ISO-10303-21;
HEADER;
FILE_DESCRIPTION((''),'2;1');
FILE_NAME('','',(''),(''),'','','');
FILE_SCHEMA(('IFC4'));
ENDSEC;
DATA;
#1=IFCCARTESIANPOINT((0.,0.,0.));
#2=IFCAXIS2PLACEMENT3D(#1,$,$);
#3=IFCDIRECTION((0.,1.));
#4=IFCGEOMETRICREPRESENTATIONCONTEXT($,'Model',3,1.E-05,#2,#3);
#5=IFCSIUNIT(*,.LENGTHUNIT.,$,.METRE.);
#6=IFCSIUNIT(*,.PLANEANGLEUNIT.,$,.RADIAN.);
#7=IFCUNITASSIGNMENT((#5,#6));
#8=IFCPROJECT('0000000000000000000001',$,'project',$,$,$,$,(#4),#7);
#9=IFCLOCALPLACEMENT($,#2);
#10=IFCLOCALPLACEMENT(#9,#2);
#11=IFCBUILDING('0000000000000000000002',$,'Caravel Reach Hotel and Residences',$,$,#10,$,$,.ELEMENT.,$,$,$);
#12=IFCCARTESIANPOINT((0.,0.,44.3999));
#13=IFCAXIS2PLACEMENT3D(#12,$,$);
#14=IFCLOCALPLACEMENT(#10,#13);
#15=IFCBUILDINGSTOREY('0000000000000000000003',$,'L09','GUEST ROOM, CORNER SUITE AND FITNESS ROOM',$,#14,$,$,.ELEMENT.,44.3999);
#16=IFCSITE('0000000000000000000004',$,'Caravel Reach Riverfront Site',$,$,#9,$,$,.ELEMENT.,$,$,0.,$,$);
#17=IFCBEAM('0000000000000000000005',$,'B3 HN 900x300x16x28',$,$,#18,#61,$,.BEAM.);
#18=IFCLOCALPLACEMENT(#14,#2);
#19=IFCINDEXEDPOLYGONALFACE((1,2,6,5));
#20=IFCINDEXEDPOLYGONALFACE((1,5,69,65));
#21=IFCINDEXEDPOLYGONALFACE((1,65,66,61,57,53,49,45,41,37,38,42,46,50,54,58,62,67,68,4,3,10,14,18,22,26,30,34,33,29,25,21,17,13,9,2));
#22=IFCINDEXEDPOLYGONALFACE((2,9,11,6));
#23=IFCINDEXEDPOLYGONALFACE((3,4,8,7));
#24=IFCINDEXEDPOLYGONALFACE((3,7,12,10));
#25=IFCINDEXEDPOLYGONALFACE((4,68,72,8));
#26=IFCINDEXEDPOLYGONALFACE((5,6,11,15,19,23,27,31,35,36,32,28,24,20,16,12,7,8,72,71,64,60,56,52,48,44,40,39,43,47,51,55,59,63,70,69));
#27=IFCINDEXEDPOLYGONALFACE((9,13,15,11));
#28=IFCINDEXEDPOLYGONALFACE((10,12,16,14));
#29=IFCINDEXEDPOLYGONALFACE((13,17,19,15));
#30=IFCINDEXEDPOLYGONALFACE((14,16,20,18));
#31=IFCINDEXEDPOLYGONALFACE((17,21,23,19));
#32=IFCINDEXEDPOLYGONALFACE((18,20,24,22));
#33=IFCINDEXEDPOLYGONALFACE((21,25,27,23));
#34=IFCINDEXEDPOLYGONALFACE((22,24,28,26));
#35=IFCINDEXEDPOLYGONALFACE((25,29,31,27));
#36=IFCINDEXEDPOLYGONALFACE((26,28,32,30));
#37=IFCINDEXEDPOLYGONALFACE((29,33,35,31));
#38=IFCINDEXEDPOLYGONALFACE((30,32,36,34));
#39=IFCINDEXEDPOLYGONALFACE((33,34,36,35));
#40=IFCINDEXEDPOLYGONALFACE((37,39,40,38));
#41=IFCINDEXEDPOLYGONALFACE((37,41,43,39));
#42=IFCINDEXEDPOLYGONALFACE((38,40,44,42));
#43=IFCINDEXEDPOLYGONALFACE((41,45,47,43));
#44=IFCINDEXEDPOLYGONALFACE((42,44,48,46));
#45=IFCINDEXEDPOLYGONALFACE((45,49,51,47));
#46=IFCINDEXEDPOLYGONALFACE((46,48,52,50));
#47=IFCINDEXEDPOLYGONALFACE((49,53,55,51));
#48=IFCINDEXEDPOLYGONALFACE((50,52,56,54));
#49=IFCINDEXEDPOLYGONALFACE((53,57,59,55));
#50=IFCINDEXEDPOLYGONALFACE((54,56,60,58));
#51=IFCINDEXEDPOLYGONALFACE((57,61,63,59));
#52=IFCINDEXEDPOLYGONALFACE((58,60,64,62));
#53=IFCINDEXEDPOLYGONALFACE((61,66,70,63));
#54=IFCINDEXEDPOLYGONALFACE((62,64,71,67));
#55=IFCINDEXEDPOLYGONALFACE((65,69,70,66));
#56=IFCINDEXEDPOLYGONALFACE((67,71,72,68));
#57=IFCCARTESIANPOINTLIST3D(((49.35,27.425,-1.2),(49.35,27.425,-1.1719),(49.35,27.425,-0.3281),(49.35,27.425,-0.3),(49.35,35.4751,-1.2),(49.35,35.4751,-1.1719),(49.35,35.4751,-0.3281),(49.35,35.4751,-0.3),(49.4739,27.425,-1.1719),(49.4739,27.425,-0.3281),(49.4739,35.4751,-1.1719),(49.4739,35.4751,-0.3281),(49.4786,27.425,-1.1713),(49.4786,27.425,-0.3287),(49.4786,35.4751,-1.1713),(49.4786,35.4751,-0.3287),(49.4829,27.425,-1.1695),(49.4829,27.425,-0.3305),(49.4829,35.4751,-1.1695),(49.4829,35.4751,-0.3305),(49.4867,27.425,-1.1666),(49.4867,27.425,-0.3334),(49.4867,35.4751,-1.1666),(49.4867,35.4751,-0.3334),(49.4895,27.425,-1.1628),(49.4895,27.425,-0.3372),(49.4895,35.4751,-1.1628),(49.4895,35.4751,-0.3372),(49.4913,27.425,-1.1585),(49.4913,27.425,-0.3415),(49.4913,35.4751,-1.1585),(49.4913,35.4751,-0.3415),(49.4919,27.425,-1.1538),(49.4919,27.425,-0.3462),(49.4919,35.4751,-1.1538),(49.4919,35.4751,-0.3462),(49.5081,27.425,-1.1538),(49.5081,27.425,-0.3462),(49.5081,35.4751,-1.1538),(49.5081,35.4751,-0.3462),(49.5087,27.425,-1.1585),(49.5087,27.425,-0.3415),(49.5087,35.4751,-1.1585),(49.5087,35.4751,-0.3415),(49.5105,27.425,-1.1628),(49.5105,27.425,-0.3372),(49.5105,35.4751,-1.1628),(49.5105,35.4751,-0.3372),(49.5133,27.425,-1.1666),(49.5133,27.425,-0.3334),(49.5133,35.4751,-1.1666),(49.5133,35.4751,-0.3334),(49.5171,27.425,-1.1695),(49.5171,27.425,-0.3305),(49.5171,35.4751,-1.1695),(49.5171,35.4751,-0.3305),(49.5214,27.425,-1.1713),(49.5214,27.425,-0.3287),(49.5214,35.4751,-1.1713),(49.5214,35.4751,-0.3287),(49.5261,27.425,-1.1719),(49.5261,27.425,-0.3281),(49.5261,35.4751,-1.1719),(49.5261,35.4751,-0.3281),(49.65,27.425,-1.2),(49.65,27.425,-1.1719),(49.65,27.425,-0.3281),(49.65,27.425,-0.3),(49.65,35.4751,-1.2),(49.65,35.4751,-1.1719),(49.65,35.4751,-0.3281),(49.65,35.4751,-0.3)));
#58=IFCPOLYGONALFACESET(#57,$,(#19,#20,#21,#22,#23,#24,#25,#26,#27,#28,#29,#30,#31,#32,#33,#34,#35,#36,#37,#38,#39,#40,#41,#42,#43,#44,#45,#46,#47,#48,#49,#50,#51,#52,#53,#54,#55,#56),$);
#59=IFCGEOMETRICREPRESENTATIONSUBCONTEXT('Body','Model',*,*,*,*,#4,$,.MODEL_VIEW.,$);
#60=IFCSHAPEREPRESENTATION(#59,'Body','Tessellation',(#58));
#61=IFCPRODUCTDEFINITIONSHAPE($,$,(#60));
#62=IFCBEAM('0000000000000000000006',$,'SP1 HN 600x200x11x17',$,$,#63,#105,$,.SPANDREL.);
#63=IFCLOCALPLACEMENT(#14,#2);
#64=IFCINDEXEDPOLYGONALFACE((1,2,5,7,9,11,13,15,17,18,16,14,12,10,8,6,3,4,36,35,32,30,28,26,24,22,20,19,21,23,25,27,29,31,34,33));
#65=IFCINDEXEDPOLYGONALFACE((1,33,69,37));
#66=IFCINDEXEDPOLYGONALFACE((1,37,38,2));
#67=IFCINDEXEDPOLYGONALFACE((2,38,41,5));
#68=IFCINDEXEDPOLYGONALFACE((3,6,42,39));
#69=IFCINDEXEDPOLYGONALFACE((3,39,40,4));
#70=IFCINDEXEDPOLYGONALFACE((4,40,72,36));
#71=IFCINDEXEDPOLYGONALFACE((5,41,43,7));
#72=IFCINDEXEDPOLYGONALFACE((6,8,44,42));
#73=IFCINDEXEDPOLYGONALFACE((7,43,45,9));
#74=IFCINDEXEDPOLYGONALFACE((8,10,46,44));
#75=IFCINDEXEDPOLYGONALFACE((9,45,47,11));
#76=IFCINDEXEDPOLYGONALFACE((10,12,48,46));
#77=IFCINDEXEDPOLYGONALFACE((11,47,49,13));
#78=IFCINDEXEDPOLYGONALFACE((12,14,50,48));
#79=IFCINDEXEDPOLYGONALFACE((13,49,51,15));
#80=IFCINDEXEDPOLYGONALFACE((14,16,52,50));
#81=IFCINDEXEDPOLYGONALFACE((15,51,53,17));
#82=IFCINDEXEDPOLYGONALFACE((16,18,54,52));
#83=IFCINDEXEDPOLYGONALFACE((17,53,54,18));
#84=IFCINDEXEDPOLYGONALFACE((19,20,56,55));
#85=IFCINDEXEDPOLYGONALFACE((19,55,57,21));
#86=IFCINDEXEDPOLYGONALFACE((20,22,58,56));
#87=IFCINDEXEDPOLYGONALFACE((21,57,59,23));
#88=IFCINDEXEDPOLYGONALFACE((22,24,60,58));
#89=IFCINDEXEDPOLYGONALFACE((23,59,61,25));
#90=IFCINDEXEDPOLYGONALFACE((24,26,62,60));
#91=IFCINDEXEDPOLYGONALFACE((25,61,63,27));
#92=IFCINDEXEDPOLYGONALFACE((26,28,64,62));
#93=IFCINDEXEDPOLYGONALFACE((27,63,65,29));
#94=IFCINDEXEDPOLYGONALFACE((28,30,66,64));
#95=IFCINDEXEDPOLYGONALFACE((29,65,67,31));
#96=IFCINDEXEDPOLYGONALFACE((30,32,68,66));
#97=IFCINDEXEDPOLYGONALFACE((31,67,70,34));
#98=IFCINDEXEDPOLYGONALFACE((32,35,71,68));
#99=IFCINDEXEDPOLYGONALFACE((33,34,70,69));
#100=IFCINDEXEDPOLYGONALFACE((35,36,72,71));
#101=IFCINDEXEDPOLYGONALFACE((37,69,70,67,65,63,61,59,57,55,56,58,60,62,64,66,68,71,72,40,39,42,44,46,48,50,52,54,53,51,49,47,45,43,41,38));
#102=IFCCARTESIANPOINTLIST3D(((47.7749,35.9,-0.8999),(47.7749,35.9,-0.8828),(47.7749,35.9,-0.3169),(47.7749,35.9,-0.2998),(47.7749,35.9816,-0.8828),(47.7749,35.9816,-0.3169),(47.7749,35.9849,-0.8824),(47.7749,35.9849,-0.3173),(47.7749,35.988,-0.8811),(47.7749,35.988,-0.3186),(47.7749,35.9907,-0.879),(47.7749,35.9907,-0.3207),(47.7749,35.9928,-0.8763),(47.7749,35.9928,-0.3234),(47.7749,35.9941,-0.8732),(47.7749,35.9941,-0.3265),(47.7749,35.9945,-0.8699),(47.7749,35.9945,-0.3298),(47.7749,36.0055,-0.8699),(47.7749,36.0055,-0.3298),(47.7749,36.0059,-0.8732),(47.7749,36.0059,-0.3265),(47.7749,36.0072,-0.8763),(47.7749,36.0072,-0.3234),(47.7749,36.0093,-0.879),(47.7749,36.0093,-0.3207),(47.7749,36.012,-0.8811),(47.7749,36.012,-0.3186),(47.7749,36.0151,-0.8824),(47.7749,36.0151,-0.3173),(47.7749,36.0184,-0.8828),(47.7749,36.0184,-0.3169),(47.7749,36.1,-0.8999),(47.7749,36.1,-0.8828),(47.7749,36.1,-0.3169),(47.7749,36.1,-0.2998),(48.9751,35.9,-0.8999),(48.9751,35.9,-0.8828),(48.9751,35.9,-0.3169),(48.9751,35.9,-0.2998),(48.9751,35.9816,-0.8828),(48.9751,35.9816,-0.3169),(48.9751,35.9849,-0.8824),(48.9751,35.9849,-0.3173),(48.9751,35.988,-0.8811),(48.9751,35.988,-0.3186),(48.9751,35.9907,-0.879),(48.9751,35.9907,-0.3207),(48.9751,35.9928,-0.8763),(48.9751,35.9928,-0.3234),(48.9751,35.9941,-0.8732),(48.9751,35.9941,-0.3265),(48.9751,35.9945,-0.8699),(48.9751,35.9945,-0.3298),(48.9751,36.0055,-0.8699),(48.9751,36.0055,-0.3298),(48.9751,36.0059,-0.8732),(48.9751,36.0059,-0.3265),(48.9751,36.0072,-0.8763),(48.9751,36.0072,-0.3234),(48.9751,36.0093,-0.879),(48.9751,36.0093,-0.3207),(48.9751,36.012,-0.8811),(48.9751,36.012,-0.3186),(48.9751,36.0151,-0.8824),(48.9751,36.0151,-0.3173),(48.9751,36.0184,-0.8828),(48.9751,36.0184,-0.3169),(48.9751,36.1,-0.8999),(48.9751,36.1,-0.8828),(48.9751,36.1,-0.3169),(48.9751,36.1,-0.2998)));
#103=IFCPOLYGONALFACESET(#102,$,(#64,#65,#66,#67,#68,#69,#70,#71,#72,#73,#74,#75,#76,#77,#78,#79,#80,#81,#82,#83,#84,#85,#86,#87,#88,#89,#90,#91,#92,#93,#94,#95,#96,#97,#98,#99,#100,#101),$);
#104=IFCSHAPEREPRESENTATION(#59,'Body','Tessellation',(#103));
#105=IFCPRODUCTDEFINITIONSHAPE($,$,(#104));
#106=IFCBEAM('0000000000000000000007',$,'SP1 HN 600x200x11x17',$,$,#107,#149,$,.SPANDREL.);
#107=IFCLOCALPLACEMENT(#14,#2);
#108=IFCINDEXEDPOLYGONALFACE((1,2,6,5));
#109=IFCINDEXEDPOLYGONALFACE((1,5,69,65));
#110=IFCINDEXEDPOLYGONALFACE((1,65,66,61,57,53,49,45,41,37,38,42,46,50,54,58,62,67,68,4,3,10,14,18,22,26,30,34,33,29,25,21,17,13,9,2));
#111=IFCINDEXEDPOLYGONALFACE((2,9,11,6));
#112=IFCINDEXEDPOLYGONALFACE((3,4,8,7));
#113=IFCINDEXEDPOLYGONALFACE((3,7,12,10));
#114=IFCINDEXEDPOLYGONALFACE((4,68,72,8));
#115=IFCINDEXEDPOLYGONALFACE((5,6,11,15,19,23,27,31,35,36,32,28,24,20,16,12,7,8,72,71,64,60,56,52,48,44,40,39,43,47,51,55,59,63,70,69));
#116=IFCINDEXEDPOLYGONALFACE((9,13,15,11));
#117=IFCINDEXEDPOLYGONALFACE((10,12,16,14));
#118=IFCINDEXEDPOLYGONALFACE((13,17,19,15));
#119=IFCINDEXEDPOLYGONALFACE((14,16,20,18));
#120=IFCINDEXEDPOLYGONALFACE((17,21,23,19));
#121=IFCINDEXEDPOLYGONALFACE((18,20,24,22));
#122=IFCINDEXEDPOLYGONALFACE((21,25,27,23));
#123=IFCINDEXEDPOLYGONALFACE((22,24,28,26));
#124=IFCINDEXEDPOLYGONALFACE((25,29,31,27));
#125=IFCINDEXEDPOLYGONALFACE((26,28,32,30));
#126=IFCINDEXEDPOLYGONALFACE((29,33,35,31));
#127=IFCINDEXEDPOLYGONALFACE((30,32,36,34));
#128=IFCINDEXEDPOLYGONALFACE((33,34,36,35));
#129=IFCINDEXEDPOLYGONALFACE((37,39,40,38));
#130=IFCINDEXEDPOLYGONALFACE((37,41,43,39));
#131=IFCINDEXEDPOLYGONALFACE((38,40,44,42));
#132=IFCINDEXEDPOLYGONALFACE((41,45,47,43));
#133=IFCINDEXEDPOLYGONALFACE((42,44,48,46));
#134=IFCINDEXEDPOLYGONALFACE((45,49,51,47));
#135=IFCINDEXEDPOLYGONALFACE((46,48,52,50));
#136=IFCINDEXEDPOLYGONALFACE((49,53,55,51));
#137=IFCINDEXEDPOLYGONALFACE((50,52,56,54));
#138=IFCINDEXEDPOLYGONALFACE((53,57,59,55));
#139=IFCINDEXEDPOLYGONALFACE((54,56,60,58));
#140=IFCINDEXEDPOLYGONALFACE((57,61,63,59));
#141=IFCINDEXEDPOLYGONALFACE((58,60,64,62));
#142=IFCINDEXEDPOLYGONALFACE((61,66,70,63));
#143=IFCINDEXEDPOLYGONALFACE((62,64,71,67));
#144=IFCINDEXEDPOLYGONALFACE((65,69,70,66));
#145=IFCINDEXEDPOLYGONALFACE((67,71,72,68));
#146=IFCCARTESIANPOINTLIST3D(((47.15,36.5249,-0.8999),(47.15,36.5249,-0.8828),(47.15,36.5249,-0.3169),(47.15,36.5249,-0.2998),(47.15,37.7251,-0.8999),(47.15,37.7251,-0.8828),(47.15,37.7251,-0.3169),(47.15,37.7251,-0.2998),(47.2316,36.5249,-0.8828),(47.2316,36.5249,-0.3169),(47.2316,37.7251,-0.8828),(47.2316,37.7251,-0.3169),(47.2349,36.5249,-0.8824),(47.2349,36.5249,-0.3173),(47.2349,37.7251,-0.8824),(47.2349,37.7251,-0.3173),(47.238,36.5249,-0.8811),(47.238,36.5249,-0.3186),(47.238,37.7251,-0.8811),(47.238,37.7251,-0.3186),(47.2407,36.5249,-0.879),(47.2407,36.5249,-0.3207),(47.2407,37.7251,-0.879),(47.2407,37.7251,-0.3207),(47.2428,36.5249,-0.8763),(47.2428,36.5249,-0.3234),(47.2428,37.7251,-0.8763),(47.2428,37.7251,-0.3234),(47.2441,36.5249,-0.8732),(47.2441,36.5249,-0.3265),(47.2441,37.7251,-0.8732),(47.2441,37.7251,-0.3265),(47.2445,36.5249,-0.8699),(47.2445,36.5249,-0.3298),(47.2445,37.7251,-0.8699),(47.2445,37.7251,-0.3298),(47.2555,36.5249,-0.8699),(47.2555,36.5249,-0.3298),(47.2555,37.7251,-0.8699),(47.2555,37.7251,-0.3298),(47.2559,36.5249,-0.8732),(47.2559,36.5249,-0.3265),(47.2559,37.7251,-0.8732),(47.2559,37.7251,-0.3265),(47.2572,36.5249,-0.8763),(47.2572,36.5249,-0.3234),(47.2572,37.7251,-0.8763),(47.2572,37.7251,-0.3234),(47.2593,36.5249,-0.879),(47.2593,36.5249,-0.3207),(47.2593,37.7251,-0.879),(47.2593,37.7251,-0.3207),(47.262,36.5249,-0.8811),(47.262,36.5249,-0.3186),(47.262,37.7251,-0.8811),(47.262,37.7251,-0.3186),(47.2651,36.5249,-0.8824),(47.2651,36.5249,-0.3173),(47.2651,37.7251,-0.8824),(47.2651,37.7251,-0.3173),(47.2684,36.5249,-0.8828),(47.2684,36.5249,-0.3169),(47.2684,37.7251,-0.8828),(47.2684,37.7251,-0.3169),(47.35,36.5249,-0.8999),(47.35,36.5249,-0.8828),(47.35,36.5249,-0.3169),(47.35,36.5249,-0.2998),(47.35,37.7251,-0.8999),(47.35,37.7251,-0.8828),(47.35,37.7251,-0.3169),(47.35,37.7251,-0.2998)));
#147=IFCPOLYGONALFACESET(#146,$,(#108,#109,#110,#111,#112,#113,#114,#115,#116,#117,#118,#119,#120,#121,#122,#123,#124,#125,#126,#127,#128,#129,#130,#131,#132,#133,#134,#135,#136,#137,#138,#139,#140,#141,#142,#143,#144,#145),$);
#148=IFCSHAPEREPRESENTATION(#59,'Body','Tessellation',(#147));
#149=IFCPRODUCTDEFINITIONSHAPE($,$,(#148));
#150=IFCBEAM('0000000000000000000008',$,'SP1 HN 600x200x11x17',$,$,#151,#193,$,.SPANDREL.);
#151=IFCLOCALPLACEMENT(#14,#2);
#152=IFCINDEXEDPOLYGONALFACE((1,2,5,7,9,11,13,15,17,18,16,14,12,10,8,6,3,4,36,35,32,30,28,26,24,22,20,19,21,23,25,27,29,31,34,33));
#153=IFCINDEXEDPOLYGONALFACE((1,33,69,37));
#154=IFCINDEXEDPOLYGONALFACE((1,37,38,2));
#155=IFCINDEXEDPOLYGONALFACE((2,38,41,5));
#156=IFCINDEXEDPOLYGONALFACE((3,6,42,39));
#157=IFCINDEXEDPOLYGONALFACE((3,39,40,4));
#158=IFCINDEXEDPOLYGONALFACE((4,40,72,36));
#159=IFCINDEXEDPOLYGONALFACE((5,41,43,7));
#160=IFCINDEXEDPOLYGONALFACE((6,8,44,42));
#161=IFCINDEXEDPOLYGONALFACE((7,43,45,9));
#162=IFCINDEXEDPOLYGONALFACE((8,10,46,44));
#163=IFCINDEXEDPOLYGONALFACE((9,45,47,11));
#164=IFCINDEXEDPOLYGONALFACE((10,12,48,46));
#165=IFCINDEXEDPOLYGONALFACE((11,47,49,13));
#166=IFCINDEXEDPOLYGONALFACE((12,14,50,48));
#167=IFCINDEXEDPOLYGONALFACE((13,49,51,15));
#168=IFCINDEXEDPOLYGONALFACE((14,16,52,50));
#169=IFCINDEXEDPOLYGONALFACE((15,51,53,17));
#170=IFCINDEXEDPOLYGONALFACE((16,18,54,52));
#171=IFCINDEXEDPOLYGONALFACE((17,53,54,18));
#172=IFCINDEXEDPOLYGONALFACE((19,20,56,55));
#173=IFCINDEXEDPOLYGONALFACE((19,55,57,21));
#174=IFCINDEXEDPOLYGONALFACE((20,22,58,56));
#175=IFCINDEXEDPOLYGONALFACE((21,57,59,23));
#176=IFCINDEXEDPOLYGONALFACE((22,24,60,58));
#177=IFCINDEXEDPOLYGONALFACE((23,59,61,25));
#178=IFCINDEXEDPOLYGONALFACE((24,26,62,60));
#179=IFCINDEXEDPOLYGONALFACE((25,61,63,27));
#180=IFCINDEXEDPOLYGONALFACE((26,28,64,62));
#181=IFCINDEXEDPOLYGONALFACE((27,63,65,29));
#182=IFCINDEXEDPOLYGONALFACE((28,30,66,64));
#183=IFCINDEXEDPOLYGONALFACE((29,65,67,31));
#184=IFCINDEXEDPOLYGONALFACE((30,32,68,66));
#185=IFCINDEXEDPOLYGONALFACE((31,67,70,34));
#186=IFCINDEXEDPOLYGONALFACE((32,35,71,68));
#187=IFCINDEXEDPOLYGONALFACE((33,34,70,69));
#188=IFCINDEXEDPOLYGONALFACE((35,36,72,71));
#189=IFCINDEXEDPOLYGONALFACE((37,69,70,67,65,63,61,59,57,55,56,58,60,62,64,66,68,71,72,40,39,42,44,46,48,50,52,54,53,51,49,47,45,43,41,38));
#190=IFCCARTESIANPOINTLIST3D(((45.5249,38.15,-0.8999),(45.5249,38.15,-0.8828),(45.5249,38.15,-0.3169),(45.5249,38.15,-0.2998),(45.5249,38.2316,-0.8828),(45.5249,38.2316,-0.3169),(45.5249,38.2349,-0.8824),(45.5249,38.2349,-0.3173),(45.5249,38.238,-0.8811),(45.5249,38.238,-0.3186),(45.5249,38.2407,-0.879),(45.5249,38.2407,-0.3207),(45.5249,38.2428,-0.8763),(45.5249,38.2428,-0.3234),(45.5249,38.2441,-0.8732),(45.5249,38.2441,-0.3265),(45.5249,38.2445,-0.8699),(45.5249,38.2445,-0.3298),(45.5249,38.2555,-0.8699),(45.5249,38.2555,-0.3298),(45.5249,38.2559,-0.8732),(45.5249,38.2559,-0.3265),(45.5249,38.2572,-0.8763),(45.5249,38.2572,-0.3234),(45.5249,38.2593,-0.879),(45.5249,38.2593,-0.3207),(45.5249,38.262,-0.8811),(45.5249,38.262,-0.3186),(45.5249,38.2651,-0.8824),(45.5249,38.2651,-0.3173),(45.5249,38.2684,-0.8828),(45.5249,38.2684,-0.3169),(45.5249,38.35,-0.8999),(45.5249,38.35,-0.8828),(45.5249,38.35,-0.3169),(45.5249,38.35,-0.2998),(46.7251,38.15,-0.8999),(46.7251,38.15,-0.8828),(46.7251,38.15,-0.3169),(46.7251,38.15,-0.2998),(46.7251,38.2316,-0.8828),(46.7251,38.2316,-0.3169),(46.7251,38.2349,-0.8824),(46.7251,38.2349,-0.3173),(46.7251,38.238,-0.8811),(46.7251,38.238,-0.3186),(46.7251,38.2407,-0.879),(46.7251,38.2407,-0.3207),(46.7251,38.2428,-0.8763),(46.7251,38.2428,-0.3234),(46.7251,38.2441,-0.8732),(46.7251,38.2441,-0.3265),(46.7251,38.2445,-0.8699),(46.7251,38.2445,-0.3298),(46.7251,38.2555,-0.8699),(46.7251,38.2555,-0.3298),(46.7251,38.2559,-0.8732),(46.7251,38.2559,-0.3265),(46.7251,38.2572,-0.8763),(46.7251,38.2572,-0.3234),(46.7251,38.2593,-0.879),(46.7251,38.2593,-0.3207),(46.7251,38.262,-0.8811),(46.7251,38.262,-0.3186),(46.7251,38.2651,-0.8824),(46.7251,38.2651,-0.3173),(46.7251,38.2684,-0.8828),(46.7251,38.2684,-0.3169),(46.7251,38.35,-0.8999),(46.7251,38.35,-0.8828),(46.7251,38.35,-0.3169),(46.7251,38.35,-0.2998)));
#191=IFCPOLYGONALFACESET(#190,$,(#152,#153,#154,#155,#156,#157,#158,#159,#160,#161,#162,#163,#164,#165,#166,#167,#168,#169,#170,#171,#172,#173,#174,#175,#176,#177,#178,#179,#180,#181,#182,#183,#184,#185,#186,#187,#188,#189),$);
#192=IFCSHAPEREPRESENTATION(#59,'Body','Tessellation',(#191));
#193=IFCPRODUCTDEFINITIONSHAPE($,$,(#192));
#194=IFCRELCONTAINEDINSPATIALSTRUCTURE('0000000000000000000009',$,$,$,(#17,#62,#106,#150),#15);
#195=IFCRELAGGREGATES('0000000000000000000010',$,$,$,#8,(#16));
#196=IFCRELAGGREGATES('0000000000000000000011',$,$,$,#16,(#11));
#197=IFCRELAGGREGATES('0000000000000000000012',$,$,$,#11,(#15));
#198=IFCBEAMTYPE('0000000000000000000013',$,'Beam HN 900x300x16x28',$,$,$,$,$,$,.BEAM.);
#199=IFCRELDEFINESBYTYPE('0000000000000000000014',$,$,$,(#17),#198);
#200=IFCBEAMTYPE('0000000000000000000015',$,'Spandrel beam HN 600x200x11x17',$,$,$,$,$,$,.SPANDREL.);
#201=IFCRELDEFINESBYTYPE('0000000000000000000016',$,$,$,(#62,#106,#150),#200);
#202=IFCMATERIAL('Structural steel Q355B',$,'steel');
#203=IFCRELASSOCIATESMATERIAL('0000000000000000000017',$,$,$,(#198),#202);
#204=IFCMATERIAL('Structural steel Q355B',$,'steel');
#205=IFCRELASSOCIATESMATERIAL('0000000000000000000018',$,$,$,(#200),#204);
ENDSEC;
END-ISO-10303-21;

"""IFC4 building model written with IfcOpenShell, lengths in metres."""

from ifc_helpers import new_model, si_unit, direction, frame, origin, origin_2d, place, context, subcontext, project, spatial, i_section, extrude, material, material_profile, profile_set, type_object, element, save


model = new_model("IFC4")

# Units and contexts
model_context = context("Model", 3, precision=1e-05, world=origin(), true_north=direction((0.0, 1.0)))
body_context = subcontext(model_context, "Body", "Model", "MODEL_VIEW")
ifc_project = project(units=[si_unit("LENGTHUNIT", "METRE"), si_unit("PLANEANGLEUNIT", "RADIAN")], contexts=[model_context])

# Site, building, storey
site_placement = place(None, origin())
site = spatial("IfcSite", under=ifc_project, at=site_placement, Name="Caravel Reach Riverfront Site", CompositionType="ELEMENT", RefElevation=0.0)
building_placement = place(site_placement, origin())
building = spatial("IfcBuilding", under=site, at=building_placement, Name="Caravel Reach Hotel and Residences", CompositionType="ELEMENT")
storey_placement = place(building_placement, frame((0.0, 0.0, 44.3999)))
storey = spatial("IfcBuildingStorey", under=building, at=storey_placement, Name="L09", Description="GUEST ROOM, CORNER SUITE AND FITNESS ROOM", CompositionType="ELEMENT", Elevation=44.3999)

# Beams
ifc_material_1 = material(Name="Structural steel Q355B", Category="steel")
ifc_material_profile_1 = material_profile(ifc_material_1, i_section(OverallWidth=0.3, OverallDepth=0.8999, WebThickness=0.0161, FlangeThickness=0.0281, FilletRadius=0.0181, at=origin_2d()), Name="HN 900x300x16x28")
ifc_profile_set_1 = profile_set([ifc_material_profile_1], Name="Structural steel Q355B")
beam_type_1 = type_object("IfcBeamType", Name="Beam HN 900x300x16x28", PredefinedType="BEAM", material=ifc_profile_set_1)
beam_1_placement = place(storey_placement, frame((49.5, 27.425, -0.75), z_axis=(0.0, 1.0, 0.0), x_axis=(-1.0, 0.0, 0.0)))
element("IfcBeam", 1, at=beam_1_placement, inside=storey, type_object=beam_type_1, Name="B3 HN 900x300x16x28", PredefinedType="BEAM", context=body_context, shape_type="SweptSolid", body=[
    extrude(i_section(OverallWidth=0.3, OverallDepth=0.8999, WebThickness=0.0161, FlangeThickness=0.0281, FilletRadius=0.0181, at=origin_2d()), origin(), (0.0, 0.0, 1.0), 8.05),
])
ifc_material_2 = material(Name="Structural steel Q355B", Category="steel")
ifc_material_profile_2 = material_profile(ifc_material_2, i_section(OverallWidth=0.2, OverallDepth=0.6001, WebThickness=0.011, FlangeThickness=0.0171, FilletRadius=0.0129, at=origin_2d()), Name="HN 600x200x11x17")
ifc_profile_set_2 = profile_set([ifc_material_profile_2], Name="Structural steel Q355B")
beam_type_2 = type_object("IfcBeamType", Name="Spandrel beam HN 600x200x11x17", PredefinedType="SPANDREL", material=ifc_profile_set_2)
for number, where, z_axis, x_axis, name in (
    (2, (48.9751, 36.0, -0.5999), (-1.0, 0.0, 0.0), (0.0, -1.0, 0.0), "SP1 HN 600x200x11x17"),
    (3, (47.25, 36.5249, -0.5999), (0.0, 1.0, 0.0), (-1.0, 0.0, 0.0), "SP1 HN 600x200x11x17"),
    (4, (46.7251, 38.25, -0.5999), (-1.0, 0.0, 0.0), (0.0, -1.0, 0.0), "SP1 HN 600x200x11x17"),
):
    element("IfcBeam", number, at=place(storey_placement, frame(where, z_axis=z_axis, x_axis=x_axis)), inside=storey, type_object=beam_type_2, Name=name, PredefinedType="SPANDREL", context=body_context, shape_type="SweptSolid", body=[
        extrude(i_section(OverallWidth=0.2, OverallDepth=0.6001, WebThickness=0.011, FlangeThickness=0.0171, FilletRadius=0.0129, at=origin_2d()), origin(), (0.0, 0.0, 1.0), 1.2002),
    ])

save(model, "model.ifc")
